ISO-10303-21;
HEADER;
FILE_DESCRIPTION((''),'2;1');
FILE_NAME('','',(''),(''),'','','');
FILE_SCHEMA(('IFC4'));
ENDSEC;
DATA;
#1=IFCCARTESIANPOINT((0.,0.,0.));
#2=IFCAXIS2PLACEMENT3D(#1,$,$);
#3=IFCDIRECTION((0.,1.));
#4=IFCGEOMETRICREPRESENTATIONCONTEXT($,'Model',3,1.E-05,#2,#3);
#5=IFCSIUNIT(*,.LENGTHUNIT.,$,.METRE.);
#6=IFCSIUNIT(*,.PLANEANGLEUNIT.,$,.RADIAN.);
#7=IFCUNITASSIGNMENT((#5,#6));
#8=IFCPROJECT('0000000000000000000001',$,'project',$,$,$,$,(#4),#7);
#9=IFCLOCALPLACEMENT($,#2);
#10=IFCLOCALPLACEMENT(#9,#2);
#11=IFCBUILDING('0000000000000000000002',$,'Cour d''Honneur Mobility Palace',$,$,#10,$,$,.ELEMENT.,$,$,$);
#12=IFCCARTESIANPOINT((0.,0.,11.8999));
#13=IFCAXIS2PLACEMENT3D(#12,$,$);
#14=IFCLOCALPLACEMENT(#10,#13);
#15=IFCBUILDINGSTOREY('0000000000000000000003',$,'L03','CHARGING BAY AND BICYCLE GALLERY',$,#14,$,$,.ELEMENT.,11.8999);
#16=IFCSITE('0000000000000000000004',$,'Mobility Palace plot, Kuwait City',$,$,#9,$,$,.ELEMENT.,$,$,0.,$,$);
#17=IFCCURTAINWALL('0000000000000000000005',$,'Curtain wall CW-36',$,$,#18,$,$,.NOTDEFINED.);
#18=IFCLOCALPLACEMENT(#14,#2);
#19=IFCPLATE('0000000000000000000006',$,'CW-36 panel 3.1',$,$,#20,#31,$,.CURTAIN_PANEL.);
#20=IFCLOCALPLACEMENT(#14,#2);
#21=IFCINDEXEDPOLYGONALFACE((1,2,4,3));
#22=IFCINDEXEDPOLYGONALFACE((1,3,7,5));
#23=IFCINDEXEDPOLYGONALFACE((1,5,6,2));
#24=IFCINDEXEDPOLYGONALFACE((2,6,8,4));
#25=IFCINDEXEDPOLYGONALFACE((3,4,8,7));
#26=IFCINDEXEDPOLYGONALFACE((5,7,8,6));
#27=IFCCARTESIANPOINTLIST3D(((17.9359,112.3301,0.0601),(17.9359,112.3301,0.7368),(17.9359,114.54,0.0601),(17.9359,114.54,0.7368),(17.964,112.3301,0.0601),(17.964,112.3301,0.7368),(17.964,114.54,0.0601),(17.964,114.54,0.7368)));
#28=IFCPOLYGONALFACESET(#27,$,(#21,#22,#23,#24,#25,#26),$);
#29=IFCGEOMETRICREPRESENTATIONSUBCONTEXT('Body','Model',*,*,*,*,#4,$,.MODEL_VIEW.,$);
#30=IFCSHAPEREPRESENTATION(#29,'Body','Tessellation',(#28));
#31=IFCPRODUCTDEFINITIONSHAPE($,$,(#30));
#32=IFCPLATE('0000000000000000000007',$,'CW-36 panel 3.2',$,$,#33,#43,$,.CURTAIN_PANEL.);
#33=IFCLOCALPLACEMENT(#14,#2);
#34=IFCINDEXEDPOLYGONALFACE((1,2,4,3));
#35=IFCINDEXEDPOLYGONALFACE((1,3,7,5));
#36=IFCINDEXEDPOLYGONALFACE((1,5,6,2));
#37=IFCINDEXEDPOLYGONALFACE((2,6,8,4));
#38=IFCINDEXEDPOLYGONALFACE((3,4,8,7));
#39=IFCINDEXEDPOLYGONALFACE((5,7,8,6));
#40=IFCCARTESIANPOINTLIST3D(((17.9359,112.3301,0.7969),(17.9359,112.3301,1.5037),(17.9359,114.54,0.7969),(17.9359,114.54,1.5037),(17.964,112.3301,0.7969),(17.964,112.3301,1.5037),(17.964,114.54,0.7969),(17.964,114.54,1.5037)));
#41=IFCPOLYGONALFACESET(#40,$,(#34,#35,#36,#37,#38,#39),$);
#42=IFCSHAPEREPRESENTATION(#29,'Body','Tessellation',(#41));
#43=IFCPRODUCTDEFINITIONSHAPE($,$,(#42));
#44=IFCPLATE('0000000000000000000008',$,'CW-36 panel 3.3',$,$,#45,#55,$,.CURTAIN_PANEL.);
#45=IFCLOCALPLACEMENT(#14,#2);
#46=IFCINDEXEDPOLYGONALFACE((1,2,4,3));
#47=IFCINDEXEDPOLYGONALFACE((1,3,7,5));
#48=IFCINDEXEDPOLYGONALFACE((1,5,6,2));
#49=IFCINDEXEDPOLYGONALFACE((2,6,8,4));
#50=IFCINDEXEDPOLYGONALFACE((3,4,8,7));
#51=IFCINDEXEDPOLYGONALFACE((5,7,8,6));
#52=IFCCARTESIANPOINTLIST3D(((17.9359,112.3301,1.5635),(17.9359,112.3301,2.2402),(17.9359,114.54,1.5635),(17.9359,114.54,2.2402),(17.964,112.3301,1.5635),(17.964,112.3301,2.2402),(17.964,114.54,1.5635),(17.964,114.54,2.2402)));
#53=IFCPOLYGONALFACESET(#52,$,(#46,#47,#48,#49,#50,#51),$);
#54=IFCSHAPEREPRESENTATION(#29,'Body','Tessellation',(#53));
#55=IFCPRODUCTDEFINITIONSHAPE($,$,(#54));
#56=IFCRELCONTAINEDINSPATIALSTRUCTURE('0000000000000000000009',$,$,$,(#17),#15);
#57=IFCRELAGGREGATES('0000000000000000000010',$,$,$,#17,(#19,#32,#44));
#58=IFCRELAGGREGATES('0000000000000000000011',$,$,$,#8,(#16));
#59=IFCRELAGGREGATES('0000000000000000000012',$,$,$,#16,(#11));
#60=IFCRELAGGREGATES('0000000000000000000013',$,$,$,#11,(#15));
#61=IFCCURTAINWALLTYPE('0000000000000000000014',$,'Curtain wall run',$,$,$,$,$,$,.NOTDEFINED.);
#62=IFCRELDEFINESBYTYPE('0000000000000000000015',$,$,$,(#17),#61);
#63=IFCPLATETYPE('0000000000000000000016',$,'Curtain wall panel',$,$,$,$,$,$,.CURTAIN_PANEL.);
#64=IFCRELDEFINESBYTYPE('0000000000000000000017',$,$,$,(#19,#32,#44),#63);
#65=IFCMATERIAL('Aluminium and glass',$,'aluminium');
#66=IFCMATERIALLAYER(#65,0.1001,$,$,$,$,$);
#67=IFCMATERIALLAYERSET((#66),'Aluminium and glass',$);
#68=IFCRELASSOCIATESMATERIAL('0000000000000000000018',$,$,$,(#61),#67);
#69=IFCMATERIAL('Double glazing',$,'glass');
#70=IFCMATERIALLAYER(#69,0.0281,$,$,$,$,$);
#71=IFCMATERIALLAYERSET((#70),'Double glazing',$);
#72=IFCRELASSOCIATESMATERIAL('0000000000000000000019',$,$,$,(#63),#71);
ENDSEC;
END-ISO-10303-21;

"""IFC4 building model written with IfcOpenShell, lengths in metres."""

from ifc_helpers import new_model, si_unit, direction, frame, origin, origin_2d, place, context, subcontext, project, spatial, rectangle, extrude, material, layer, layer_set, type_object, element, aggregate, save


model = new_model("IFC4")

# Units and contexts
model_context = context("Model", 3, precision=1e-05, world=origin(), true_north=direction((0.0, 1.0)))
body_context = subcontext(model_context, "Body", "Model", "MODEL_VIEW")
ifc_project = project(units=[si_unit("LENGTHUNIT", "METRE"), si_unit("PLANEANGLEUNIT", "RADIAN")], contexts=[model_context])

# Site, building, storey
site_placement = place(None, origin())
site = spatial("IfcSite", under=ifc_project, at=site_placement, Name="Mobility Palace plot, Kuwait City", CompositionType="ELEMENT", RefElevation=0.0)
building_placement = place(site_placement, origin())
building = spatial("IfcBuilding", under=site, at=building_placement, Name="Cour d'Honneur Mobility Palace", CompositionType="ELEMENT")
storey_placement = place(building_placement, frame((0.0, 0.0, 11.8999)))
storey = spatial("IfcBuildingStorey", under=building, at=storey_placement, Name="L03", Description="CHARGING BAY AND BICYCLE GALLERY", CompositionType="ELEMENT", Elevation=11.8999)

# Curtain wall, plates
ifc_material_1 = material(Name="Aluminium and glass", Category="aluminium")
ifc_layer_1 = layer(ifc_material_1, 0.1001)
ifc_layer_set_1 = layer_set([ifc_layer_1], Name="Aluminium and glass")
curtain_wall_type = type_object("IfcCurtainWallType", Name="Curtain wall run", PredefinedType="NOTDEFINED", material=ifc_layer_set_1)
curtain_wall_placement = place(storey_placement, origin())
curtain_wall = element("IfcCurtainWall", 1, at=curtain_wall_placement, inside=storey, type_object=curtain_wall_type, Name="Curtain wall CW-36", PredefinedType="NOTDEFINED")
ifc_material_2 = material(Name="Double glazing", Category="glass")
ifc_layer_2 = layer(ifc_material_2, 0.0281)
ifc_layer_set_2 = layer_set([ifc_layer_2], Name="Double glazing")
plate_type = type_object("IfcPlateType", Name="Curtain wall panel", PredefinedType="CURTAIN_PANEL", material=ifc_layer_set_2)
plate_1_placement = place(storey_placement, frame((17.95, 113.4351, 0.0601), z_axis=(0.0, 0.0, 1.0), x_axis=(0.0, 1.0, 0.0)))
plate_1 = element("IfcPlate", 2, at=plate_1_placement, type_object=plate_type, Name="CW-36 panel 3.1", PredefinedType="CURTAIN_PANEL", context=body_context, shape_type="SweptSolid", body=[
    extrude(rectangle(XDim=2.21, YDim=0.0281, at=origin_2d()), origin(), (0.0, 0.0, 1.0), 0.6768),
])
plate_2_placement = place(storey_placement, frame((17.95, 113.4351, 0.7969), z_axis=(0.0, 0.0, 1.0), x_axis=(0.0, 1.0, 0.0)))
plate_2 = element("IfcPlate", 3, at=plate_2_placement, type_object=plate_type, Name="CW-36 panel 3.2", PredefinedType="CURTAIN_PANEL", context=body_context, shape_type="SweptSolid", body=[
    extrude(rectangle(XDim=2.21, YDim=0.0281, at=origin_2d()), origin(), (0.0, 0.0, 1.0), 0.7068),
])
plate_3_placement = place(storey_placement, frame((17.95, 113.4351, 1.5635), z_axis=(0.0, 0.0, 1.0), x_axis=(0.0, 1.0, 0.0)))
plate_3 = element("IfcPlate", 4, at=plate_3_placement, type_object=plate_type, Name="CW-36 panel 3.3", PredefinedType="CURTAIN_PANEL", context=body_context, shape_type="SweptSolid", body=[
    extrude(rectangle(XDim=2.21, YDim=0.0281, at=origin_2d()), origin(), (0.0, 0.0, 1.0), 0.6768),
])
aggregate(curtain_wall, [plate_1, plate_2, plate_3])

save(model, "model.ifc")
